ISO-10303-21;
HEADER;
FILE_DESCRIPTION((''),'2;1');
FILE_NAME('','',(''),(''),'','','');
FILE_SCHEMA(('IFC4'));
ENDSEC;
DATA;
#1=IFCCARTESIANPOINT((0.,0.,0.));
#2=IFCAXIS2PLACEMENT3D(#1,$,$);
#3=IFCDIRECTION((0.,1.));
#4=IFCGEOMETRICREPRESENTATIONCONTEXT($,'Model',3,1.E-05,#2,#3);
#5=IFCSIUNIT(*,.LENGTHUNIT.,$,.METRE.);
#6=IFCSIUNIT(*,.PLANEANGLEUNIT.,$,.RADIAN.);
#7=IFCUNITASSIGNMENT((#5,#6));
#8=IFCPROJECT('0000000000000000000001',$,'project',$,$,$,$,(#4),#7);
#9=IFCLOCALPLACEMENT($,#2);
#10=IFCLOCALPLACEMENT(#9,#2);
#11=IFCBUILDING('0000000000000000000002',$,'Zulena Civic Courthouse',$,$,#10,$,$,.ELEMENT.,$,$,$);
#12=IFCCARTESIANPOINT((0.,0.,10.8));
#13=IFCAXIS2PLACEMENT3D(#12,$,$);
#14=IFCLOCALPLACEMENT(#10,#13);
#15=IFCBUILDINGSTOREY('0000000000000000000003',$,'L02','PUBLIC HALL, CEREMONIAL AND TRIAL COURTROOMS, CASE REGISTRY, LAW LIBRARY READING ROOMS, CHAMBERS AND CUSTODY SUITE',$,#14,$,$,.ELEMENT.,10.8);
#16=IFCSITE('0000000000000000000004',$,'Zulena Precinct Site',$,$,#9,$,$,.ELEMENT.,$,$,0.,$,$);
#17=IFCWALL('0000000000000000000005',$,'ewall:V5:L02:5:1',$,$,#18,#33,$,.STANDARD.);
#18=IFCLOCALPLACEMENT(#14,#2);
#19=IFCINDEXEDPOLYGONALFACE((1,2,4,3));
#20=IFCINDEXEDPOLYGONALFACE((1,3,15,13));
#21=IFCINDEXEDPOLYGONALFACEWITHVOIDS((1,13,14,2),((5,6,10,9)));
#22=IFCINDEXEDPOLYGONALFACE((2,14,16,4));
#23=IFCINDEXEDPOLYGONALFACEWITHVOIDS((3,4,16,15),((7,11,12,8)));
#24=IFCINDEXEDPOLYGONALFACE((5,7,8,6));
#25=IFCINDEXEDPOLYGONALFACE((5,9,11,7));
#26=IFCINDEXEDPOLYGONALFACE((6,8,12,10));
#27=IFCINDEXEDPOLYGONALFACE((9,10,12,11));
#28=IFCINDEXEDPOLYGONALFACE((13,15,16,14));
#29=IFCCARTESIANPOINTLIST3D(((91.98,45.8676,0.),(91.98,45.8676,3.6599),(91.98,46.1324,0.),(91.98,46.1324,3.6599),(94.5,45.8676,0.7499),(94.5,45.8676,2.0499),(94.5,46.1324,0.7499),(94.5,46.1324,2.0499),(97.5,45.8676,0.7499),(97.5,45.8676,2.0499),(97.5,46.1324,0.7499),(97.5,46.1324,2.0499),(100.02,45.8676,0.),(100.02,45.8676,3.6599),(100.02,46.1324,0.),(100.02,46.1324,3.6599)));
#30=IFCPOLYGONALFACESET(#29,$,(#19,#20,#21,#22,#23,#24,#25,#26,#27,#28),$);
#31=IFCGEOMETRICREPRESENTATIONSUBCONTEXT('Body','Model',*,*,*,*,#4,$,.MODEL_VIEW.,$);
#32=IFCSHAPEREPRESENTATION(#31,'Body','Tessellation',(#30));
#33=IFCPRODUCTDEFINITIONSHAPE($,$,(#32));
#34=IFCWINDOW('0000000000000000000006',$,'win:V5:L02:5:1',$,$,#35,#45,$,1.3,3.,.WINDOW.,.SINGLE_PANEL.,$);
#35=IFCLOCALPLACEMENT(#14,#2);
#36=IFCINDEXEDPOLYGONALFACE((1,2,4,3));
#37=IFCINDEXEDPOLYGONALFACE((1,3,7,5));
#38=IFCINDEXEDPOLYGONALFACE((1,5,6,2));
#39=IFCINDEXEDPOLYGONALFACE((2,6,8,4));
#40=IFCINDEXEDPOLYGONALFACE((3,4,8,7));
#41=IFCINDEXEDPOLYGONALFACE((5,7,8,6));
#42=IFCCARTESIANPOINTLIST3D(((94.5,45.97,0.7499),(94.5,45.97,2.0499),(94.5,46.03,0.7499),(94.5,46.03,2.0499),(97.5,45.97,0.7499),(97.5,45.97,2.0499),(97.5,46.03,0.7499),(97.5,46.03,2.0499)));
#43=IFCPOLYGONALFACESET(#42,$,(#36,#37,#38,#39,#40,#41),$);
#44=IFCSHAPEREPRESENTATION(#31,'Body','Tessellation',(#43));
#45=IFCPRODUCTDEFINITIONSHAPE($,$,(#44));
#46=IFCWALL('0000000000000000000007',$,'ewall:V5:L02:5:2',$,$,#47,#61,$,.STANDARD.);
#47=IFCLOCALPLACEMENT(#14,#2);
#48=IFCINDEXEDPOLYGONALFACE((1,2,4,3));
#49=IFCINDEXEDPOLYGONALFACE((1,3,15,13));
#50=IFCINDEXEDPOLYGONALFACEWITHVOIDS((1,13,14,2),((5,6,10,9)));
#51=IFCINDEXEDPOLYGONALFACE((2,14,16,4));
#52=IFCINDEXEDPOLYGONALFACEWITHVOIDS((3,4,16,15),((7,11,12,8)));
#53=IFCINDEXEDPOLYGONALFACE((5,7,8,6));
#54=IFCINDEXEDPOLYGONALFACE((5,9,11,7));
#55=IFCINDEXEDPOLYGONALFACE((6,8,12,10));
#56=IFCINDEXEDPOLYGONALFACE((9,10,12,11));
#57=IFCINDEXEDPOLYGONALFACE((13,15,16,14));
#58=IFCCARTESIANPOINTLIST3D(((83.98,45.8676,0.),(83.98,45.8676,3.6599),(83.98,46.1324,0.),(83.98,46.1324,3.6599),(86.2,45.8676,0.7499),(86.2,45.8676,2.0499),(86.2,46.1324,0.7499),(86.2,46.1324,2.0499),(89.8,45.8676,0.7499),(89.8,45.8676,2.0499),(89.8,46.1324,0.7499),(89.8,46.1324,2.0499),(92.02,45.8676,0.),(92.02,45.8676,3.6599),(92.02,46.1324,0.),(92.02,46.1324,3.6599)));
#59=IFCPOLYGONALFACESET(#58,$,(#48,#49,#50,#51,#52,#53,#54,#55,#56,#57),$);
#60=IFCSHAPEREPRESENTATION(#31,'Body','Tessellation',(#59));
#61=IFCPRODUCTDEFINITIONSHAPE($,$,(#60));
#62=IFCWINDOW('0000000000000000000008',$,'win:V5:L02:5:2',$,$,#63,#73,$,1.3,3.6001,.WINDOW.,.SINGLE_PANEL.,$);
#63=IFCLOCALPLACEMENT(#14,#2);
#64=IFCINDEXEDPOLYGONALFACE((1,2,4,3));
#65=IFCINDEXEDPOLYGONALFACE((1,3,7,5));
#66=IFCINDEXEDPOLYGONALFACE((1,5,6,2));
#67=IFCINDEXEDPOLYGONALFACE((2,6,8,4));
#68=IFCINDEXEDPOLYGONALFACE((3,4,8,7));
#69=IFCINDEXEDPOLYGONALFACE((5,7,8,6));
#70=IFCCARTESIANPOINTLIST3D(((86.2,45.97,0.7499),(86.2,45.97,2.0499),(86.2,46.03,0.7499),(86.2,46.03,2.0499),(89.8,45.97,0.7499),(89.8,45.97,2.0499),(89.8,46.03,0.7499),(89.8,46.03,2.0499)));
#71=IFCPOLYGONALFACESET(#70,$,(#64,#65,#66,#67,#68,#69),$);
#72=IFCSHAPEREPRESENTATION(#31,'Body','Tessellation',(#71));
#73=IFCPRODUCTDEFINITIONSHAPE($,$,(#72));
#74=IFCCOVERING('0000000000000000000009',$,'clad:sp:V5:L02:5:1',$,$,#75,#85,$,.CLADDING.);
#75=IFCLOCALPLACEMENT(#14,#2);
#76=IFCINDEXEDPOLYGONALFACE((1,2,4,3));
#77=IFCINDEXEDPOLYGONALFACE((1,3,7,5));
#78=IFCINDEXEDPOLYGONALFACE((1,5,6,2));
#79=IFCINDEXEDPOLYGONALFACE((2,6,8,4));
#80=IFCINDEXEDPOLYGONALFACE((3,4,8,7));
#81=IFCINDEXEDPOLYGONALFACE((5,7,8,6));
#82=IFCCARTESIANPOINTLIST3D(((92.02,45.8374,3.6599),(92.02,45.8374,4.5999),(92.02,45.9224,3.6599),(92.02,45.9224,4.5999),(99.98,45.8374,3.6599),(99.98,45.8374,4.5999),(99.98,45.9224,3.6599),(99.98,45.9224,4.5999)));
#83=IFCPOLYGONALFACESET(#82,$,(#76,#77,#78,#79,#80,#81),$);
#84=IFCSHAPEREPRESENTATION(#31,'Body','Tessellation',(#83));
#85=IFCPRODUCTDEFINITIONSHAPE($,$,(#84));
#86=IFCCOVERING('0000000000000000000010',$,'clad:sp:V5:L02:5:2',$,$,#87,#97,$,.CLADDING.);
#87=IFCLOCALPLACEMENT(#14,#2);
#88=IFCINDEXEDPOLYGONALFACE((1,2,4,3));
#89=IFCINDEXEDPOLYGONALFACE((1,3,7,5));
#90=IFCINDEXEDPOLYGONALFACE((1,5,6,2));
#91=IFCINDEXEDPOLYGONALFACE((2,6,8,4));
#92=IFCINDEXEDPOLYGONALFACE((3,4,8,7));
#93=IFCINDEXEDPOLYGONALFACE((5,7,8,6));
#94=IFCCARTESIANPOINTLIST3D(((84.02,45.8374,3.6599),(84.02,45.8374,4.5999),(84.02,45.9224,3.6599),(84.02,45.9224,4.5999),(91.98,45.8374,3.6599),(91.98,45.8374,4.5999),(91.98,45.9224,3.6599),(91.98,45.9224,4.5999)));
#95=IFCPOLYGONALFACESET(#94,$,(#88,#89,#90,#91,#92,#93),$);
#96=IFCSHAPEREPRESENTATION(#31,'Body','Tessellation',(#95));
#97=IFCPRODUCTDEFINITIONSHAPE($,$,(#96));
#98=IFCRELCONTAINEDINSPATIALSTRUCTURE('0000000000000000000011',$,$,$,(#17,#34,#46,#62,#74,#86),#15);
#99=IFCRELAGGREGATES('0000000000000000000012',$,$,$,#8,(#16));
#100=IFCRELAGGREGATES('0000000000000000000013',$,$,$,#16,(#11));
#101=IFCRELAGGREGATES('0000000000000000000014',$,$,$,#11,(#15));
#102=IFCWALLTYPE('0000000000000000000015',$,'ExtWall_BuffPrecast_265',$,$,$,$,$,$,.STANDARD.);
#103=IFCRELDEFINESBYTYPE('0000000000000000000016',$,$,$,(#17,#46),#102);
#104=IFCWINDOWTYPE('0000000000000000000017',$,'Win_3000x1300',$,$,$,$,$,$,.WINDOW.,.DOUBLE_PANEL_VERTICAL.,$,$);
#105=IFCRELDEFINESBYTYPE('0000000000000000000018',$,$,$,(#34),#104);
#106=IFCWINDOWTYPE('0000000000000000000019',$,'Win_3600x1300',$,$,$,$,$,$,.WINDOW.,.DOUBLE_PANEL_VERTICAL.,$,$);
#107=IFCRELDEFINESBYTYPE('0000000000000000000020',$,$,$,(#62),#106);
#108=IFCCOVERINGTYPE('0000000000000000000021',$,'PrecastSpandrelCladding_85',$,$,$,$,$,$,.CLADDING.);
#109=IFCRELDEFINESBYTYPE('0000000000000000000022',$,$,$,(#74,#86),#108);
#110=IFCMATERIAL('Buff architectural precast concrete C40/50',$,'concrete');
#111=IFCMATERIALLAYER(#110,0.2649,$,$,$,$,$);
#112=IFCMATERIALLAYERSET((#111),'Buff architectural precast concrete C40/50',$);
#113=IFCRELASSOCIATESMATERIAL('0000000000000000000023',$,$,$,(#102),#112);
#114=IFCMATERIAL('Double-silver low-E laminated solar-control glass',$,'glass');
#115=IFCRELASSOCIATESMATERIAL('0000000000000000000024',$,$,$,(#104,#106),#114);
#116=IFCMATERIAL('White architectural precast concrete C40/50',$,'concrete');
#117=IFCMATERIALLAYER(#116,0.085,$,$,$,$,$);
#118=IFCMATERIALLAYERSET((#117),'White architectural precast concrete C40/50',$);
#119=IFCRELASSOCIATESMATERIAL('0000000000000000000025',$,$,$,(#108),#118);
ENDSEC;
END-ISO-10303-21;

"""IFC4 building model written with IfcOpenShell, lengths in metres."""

from ifc_helpers import new_model, si_unit, direction, frame, frame_2d, origin, origin_2d, place, context, subcontext, project, spatial, rectangle, extrude, material, layer, layer_set, type_object, element, fill, save


model = new_model("IFC4")

# Units and contexts
model_context = context("Model", 3, precision=1e-05, world=origin(), true_north=direction((0.0, 1.0)))
body_context = subcontext(model_context, "Body", "Model", "MODEL_VIEW")
ifc_project = project(units=[si_unit("LENGTHUNIT", "METRE"), si_unit("PLANEANGLEUNIT", "RADIAN")], contexts=[model_context])

# Site, building, storey
site_placement = place(None, origin())
site = spatial("IfcSite", under=ifc_project, at=site_placement, Name="Zulena Precinct Site", CompositionType="ELEMENT", RefElevation=0.0)
building_placement = place(site_placement, origin())
building = spatial("IfcBuilding", under=site, at=building_placement, Name="Zulena Civic Courthouse", CompositionType="ELEMENT")
storey_placement = place(building_placement, frame((0.0, 0.0, 10.8)))
storey = spatial("IfcBuildingStorey", under=building, at=storey_placement, Name="L02", Description="PUBLIC HALL, CEREMONIAL AND TRIAL COURTROOMS, CASE REGISTRY, LAW LIBRARY READING ROOMS, CHAMBERS AND CUSTODY SUITE", CompositionType="ELEMENT", Elevation=10.8)

# Walls, openings, windows
ifc_material_1 = material(Name="Buff architectural precast concrete C40/50", Category="concrete")
ifc_layer_1 = layer(ifc_material_1, 0.2649)
ifc_layer_set_1 = layer_set([ifc_layer_1], Name="Buff architectural precast concrete C40/50")
wall_type = type_object("IfcWallType", Name="ExtWall_BuffPrecast_265", PredefinedType="STANDARD", material=ifc_layer_set_1)
wall_1_placement = place(storey_placement, frame((100.02, 46.0, 0.0), z_axis=(0.0, 0.0, 1.0), x_axis=(-1.0, 0.0, 0.0)))
wall_1 = element("IfcWall", 1, at=wall_1_placement, inside=storey, type_object=wall_type, Name="ewall:V5:L02:5:1", PredefinedType="STANDARD", context=body_context, shape_type="SweptSolid", body=[
    extrude(rectangle(XDim=8.04, YDim=0.2649, at=frame_2d((4.02, 0.0))), origin(), (0.0, 0.0, 1.0), 3.6599),
])
opening_1_placement = place(wall_1_placement, frame((2.52, 0.0, 0.75)))
opening_1 = element("IfcOpeningElement", 2, at=opening_1_placement, cuts=wall_1, PredefinedType="OPENING", context=body_context, shape_type="SweptSolid", body=[
    extrude(rectangle(XDim=3.0, YDim=1.3, at=frame_2d((1.5, 0.6499))), frame((0.0, 0.1423, 0.0), z_axis=(0.0, -1.0, 0.0), x_axis=(1.0, 0.0, 0.0)), (0.0, 0.0, 1.0), 0.2849),
])
ifc_material_2 = material(Name="Double-silver low-E laminated solar-control glass", Category="glass")
window_type_1 = type_object("IfcWindowType", Name="Win_3000x1300", PartitioningType="DOUBLE_PANEL_VERTICAL", PredefinedType="WINDOW", material=ifc_material_2)
window_1_placement = place(opening_1_placement, origin())
window_1 = element("IfcWindow", 3, at=window_1_placement, inside=storey, type_object=window_type_1, Name="win:V5:L02:5:1", OverallHeight=1.3, OverallWidth=3.0, PartitioningType="SINGLE_PANEL", PredefinedType="WINDOW", context=body_context, shape_type="SweptSolid", body=[
    extrude(rectangle(XDim=3.0, YDim=1.3, at=frame_2d((1.5, 0.6499))), frame((0.0, 0.03, 0.0), z_axis=(0.0, -1.0, 0.0), x_axis=(1.0, 0.0, 0.0)), (0.0, 0.0, 1.0), 0.0601),
])
fill(opening_1, window_1)
wall_2_placement = place(storey_placement, frame((92.02, 46.0, 0.0), z_axis=(0.0, 0.0, 1.0), x_axis=(-1.0, 0.0, 0.0)))
wall_2 = element("IfcWall", 4, at=wall_2_placement, inside=storey, type_object=wall_type, Name="ewall:V5:L02:5:2", PredefinedType="STANDARD", context=body_context, shape_type="SweptSolid", body=[
    extrude(rectangle(XDim=8.04, YDim=0.2649, at=frame_2d((4.02, 0.0))), origin(), (0.0, 0.0, 1.0), 3.6599),
])
opening_2_placement = place(wall_2_placement, frame((2.22, 0.0, 0.75)))
opening_2 = element("IfcOpeningElement", 5, at=opening_2_placement, cuts=wall_2, PredefinedType="OPENING", context=body_context, shape_type="SweptSolid", body=[
    extrude(rectangle(XDim=3.6001, YDim=1.3, at=frame_2d((1.8, 0.6499))), frame((0.0, 0.1423, 0.0), z_axis=(0.0, -1.0, 0.0), x_axis=(1.0, 0.0, 0.0)), (0.0, 0.0, 1.0), 0.2849),
])
window_type_2 = type_object("IfcWindowType", Name="Win_3600x1300", PartitioningType="DOUBLE_PANEL_VERTICAL", PredefinedType="WINDOW", material=ifc_material_2)
window_2_placement = place(opening_2_placement, origin())
window_2 = element("IfcWindow", 6, at=window_2_placement, inside=storey, type_object=window_type_2, Name="win:V5:L02:5:2", OverallHeight=1.3, OverallWidth=3.6001, PartitioningType="SINGLE_PANEL", PredefinedType="WINDOW", context=body_context, shape_type="SweptSolid", body=[
    extrude(rectangle(XDim=3.6001, YDim=1.3, at=frame_2d((1.8, 0.6499))), frame((0.0, 0.03, 0.0), z_axis=(0.0, -1.0, 0.0), x_axis=(1.0, 0.0, 0.0)), (0.0, 0.0, 1.0), 0.0601),
])
fill(opening_2, window_2)

# Coverings
ifc_material_3 = material(Name="White architectural precast concrete C40/50", Category="concrete")
ifc_layer_2 = layer(ifc_material_3, 0.085)
ifc_layer_set_2 = layer_set([ifc_layer_2], Name="White architectural precast concrete C40/50")
covering_type = type_object("IfcCoveringType", Name="PrecastSpandrelCladding_85", PredefinedType="CLADDING", material=ifc_layer_set_2)
for number, where, z_axis, x_axis, name in (
    (7, (96.0, 45.8799, 3.6599), (0.0, 0.0, 1.0), (-1.0, 0.0, 0.0), "clad:sp:V5:L02:5:1"),
    (8, (88.0, 45.8799, 3.6599), (0.0, 0.0, 1.0), (-1.0, 0.0, 0.0), "clad:sp:V5:L02:5:2"),
):
    element("IfcCovering", number, at=place(storey_placement, frame(where, z_axis=z_axis, x_axis=x_axis)), inside=storey, type_object=covering_type, Name=name, PredefinedType="CLADDING", context=body_context, shape_type="SweptSolid", body=[
        extrude(rectangle(XDim=7.96, YDim=0.085, at=origin_2d()), origin(), (0.0, 0.0, 1.0), 0.9399),
    ])

save(model, "model.ifc")
